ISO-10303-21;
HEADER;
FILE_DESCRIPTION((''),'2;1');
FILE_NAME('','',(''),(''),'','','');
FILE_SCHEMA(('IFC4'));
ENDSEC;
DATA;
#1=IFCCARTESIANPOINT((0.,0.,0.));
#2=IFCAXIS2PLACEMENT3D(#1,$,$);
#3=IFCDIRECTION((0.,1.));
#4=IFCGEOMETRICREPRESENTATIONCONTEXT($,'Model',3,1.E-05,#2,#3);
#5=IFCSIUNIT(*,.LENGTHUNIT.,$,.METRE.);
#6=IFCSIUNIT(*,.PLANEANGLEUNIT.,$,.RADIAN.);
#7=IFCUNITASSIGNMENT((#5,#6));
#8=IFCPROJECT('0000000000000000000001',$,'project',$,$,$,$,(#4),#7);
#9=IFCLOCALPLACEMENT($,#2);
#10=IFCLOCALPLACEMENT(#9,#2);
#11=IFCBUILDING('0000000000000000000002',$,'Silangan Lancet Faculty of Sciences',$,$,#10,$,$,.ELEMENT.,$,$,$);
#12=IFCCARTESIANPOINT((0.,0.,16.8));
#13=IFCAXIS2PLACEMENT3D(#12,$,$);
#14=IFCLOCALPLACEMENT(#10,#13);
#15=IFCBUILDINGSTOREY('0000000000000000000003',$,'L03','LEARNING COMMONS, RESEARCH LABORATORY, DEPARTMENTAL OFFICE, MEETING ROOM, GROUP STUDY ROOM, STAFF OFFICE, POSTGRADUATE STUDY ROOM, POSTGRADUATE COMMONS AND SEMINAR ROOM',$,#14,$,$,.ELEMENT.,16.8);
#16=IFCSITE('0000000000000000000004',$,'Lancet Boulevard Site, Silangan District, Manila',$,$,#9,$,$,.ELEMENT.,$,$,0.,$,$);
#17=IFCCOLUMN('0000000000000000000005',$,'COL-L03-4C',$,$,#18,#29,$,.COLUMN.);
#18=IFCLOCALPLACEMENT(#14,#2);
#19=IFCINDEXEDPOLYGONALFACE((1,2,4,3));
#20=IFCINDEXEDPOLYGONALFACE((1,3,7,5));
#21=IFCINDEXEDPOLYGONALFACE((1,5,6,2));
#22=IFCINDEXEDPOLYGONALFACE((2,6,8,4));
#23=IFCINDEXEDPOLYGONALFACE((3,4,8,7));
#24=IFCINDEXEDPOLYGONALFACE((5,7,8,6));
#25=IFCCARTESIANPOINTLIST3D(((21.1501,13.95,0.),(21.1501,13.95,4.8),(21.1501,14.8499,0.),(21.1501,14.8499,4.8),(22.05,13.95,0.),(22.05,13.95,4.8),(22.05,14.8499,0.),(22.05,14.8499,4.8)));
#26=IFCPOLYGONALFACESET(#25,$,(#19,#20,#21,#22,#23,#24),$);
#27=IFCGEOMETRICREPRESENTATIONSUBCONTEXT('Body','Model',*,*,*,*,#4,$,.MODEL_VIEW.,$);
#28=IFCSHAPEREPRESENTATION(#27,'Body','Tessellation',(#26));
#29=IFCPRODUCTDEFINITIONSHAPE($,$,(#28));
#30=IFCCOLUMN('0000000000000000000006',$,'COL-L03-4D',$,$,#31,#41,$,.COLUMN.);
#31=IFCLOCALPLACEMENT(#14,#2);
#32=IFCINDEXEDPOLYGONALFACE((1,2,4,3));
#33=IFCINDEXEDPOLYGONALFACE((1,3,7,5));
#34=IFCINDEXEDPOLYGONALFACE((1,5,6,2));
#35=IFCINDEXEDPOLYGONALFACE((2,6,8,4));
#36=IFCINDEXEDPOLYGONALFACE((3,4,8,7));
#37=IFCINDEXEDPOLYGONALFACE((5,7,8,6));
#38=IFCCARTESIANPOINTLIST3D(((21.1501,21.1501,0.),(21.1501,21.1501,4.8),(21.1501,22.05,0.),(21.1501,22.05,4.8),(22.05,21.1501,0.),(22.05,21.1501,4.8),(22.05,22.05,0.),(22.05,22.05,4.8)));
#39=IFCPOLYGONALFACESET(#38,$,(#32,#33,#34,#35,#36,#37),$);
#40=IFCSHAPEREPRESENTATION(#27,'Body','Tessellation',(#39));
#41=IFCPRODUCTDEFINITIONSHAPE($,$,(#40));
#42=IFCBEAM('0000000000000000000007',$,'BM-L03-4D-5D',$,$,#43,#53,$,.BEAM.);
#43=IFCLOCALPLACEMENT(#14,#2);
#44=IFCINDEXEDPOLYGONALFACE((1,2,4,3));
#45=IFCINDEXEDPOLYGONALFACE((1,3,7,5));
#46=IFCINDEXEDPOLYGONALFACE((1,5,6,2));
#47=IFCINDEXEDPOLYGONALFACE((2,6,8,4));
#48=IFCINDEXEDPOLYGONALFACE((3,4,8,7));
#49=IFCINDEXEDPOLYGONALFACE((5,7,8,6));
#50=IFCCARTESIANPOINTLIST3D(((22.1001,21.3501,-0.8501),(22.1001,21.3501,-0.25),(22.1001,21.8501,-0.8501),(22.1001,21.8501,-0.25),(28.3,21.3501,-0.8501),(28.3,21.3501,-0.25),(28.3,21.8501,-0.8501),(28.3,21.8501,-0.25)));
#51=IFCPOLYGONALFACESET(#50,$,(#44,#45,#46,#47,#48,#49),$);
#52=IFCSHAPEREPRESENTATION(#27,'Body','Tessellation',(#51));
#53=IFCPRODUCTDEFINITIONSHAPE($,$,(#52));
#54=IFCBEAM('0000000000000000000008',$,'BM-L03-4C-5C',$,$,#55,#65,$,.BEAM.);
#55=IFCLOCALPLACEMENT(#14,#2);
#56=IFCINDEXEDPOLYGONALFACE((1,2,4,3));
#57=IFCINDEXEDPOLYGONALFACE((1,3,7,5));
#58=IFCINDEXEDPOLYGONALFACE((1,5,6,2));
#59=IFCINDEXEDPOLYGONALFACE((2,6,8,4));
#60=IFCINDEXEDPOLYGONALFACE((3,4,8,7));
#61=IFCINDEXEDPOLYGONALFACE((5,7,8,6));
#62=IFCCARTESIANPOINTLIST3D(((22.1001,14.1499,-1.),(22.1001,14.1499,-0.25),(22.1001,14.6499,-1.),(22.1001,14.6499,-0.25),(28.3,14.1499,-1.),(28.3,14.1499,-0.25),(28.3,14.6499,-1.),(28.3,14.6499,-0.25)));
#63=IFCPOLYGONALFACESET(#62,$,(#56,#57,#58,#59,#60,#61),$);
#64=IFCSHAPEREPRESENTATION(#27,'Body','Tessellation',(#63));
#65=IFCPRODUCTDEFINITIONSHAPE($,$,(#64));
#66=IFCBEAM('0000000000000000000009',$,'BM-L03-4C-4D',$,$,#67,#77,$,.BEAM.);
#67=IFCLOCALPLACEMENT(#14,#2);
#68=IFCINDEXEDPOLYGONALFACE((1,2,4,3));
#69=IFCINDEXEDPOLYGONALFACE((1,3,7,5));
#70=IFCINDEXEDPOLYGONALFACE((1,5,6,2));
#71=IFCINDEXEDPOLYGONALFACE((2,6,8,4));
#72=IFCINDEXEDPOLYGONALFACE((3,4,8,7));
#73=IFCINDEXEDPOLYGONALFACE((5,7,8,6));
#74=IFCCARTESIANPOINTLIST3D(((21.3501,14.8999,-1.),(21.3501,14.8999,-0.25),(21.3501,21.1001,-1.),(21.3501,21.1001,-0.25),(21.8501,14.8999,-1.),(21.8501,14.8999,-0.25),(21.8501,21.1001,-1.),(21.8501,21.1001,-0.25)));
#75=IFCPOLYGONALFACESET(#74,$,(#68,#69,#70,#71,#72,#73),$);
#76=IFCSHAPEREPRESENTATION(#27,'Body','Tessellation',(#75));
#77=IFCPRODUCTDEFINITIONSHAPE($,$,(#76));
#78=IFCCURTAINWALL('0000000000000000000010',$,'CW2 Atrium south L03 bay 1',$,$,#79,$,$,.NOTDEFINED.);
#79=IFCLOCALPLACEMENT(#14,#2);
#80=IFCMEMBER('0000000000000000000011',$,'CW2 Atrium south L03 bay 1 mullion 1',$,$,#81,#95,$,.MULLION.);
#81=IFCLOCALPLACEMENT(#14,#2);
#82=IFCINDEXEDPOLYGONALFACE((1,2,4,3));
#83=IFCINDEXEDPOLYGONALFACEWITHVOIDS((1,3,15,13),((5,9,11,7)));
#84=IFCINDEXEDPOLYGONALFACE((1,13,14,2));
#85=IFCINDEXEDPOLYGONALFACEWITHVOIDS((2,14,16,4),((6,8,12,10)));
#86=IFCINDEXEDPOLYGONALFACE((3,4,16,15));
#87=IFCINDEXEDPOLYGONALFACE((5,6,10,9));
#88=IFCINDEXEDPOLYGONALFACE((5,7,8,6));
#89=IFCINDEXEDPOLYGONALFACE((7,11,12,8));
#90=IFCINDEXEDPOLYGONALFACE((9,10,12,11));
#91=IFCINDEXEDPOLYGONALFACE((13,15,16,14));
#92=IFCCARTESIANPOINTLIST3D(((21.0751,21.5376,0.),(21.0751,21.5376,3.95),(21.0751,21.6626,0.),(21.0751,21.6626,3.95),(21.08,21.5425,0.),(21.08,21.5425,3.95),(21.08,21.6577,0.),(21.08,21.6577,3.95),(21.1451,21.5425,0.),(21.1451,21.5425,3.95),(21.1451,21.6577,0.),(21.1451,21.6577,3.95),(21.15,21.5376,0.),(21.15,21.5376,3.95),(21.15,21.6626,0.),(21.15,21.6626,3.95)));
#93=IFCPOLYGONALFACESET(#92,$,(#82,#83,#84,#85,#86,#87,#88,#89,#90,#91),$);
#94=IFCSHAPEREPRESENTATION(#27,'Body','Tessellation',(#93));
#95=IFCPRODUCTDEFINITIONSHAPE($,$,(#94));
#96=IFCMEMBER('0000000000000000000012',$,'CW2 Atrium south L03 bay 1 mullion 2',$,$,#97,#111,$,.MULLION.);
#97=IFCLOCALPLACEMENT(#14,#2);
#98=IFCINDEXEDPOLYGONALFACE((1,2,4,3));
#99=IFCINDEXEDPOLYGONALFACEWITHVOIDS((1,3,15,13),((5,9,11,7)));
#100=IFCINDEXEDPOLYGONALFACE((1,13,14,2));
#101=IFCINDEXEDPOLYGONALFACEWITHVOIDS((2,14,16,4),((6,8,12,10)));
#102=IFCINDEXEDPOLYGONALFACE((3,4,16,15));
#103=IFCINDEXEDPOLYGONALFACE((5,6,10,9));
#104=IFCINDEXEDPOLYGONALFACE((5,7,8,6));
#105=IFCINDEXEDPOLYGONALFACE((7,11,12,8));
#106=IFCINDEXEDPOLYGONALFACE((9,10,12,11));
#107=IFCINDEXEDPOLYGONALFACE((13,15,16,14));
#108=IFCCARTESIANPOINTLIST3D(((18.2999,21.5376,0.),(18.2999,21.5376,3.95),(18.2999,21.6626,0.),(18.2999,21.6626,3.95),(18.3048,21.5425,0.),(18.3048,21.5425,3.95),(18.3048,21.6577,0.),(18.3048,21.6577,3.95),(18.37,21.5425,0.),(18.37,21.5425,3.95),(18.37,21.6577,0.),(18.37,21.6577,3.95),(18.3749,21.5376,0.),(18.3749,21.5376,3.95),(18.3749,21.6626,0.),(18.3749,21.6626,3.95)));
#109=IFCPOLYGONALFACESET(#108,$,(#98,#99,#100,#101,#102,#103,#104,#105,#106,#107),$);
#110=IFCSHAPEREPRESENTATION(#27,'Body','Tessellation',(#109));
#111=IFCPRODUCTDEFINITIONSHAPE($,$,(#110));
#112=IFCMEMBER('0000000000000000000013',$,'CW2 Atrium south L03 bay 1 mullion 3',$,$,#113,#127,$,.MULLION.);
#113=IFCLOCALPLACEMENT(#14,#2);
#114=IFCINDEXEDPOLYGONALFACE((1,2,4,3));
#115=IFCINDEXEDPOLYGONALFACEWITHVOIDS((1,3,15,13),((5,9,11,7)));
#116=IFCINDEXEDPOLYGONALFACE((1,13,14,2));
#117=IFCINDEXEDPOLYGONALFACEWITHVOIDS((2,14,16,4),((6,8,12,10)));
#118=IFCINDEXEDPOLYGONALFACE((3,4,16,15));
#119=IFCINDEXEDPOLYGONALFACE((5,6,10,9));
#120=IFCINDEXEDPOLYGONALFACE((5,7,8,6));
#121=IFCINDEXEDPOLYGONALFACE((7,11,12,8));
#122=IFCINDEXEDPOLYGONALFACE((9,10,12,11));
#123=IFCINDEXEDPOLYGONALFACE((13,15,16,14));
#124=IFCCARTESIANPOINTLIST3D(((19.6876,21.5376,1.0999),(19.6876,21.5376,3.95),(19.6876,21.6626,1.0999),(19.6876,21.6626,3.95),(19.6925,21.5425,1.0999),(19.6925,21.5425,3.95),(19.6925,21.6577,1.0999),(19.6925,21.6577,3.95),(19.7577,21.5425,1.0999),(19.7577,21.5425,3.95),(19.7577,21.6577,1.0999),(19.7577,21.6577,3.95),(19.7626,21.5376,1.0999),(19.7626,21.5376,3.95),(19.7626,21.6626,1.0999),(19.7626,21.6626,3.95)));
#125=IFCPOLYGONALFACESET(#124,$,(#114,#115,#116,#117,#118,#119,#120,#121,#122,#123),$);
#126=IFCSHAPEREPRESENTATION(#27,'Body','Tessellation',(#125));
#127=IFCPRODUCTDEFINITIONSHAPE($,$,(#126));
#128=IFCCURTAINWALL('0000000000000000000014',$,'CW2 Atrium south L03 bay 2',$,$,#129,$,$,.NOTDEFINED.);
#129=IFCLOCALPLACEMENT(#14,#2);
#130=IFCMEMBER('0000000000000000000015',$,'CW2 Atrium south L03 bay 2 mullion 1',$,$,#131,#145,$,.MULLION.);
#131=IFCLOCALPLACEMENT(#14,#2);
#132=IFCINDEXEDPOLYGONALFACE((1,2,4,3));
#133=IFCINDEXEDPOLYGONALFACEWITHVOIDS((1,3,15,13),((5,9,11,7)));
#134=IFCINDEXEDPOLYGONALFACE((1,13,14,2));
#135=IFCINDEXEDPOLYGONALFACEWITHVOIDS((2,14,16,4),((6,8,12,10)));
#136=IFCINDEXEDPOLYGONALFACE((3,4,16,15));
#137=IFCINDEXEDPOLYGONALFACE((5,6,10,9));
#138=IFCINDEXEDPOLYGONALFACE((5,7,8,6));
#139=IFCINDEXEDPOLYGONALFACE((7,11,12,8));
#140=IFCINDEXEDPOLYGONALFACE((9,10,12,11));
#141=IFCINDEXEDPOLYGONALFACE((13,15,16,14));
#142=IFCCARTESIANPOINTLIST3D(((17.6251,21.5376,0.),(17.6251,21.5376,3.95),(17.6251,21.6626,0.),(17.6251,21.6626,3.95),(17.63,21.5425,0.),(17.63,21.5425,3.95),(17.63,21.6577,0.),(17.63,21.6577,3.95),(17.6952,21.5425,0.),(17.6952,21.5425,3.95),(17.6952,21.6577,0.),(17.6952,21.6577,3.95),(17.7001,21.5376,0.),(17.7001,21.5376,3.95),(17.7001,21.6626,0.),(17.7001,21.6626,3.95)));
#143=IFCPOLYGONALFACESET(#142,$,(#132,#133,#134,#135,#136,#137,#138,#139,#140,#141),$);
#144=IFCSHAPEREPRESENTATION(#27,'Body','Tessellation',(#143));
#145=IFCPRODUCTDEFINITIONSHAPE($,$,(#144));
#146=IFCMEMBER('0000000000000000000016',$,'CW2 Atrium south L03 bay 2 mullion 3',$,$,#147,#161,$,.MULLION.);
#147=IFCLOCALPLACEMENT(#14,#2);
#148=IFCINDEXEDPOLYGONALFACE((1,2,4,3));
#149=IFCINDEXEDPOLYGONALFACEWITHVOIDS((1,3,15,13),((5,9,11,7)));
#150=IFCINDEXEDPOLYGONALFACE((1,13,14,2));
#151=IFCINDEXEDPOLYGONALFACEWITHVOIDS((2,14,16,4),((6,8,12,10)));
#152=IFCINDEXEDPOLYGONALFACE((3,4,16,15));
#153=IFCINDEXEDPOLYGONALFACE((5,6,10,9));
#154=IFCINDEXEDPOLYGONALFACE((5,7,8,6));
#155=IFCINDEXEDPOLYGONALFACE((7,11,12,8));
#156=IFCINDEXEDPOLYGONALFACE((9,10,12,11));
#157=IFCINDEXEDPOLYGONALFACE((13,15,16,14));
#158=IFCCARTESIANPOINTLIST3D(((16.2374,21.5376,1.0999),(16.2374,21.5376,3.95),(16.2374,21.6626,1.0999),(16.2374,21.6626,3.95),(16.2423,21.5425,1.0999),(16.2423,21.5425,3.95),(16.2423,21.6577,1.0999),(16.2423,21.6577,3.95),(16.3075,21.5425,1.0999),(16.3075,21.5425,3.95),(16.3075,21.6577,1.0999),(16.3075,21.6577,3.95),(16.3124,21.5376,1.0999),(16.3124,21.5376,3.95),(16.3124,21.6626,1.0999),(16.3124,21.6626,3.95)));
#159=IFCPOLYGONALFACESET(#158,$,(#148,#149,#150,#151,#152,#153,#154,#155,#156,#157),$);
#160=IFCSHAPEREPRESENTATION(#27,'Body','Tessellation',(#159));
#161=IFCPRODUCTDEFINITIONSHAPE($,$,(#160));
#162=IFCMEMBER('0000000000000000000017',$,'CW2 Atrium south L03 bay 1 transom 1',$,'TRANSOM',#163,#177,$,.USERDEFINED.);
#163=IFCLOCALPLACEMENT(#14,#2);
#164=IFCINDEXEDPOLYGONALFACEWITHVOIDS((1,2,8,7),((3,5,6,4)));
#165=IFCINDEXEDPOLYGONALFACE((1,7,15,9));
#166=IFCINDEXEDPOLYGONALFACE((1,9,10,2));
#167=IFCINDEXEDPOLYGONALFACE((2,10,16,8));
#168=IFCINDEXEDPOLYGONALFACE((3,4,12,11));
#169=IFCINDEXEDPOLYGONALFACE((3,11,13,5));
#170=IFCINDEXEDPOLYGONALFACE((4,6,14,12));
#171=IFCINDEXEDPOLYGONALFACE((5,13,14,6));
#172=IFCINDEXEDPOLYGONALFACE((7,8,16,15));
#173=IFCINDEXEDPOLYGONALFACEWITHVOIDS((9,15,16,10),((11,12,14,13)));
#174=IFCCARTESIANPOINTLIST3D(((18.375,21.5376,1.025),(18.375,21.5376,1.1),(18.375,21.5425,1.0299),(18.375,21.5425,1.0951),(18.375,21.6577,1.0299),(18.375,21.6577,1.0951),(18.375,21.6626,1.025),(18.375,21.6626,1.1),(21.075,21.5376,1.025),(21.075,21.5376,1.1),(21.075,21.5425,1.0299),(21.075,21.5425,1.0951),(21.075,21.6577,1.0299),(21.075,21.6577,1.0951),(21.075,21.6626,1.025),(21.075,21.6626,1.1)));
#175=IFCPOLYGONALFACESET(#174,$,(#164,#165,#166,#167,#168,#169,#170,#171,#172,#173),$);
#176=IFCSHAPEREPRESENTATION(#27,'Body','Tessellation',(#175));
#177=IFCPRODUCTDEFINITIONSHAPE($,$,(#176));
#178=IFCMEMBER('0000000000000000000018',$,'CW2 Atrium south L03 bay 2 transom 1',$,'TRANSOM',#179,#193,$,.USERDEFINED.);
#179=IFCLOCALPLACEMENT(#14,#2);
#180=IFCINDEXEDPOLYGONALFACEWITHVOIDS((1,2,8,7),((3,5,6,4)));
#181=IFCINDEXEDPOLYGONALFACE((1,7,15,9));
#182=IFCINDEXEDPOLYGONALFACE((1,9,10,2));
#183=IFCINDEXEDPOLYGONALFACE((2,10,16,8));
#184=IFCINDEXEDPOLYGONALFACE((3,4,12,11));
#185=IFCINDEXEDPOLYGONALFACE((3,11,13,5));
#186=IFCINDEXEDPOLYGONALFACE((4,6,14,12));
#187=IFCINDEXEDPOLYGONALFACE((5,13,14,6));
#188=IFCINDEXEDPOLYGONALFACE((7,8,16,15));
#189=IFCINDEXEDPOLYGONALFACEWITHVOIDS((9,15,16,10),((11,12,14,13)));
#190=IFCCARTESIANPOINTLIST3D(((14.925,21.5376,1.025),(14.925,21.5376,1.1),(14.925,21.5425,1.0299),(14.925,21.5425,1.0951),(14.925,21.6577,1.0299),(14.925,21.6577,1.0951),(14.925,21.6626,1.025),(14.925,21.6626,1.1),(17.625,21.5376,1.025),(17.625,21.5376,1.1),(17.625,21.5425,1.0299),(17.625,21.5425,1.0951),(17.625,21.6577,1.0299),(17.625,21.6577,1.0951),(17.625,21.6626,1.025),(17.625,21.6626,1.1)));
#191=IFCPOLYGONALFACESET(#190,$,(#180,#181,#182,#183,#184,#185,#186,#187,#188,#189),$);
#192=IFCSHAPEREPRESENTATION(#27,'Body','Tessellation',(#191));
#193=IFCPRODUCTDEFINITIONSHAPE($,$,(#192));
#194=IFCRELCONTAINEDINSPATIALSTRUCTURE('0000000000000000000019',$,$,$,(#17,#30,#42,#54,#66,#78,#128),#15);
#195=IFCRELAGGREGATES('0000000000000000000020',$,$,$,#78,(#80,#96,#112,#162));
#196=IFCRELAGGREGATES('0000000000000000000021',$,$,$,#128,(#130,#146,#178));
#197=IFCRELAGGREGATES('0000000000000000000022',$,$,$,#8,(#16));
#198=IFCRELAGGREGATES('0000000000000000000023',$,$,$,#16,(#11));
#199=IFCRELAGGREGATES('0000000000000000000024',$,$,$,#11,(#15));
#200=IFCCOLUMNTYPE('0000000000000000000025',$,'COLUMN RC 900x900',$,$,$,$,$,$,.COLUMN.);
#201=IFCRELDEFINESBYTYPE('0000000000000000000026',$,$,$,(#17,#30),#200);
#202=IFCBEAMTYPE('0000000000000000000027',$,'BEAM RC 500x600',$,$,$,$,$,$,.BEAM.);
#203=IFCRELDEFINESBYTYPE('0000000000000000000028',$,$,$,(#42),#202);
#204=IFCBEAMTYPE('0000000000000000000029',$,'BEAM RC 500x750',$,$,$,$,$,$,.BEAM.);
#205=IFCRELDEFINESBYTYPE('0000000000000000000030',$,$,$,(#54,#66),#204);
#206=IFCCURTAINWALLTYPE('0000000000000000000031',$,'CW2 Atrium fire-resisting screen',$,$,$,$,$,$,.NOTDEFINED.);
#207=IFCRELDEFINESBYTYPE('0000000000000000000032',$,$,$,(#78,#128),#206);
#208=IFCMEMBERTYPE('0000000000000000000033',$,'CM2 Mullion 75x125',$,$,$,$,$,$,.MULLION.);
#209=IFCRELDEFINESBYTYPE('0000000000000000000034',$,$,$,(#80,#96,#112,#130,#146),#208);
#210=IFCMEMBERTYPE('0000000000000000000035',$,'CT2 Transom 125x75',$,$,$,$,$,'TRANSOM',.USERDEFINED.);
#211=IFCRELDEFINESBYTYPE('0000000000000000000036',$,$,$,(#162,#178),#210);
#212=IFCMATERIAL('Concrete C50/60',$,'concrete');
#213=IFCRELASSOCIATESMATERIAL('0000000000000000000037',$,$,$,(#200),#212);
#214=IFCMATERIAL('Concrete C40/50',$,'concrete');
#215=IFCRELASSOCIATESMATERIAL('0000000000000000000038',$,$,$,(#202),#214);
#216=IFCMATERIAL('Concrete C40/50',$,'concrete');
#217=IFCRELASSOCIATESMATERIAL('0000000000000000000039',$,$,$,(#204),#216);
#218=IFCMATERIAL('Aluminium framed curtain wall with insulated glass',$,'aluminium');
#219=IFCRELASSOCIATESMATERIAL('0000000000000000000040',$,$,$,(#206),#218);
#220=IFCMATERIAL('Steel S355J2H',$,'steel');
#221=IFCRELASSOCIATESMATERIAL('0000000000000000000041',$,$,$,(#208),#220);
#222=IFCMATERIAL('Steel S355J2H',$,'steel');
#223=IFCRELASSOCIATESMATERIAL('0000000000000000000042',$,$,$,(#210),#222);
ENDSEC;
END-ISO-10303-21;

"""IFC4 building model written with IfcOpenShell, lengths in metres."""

from ifc_helpers import new_model, si_unit, direction, frame, origin, origin_2d, place, context, subcontext, project, spatial, rectangle, hollow_rectangle, extrude, material, material_profile, profile_set, type_object, element, aggregate, save


model = new_model("IFC4")

# Units and contexts
model_context = context("Model", 3, precision=1e-05, world=origin(), true_north=direction((0.0, 1.0)))
body_context = subcontext(model_context, "Body", "Model", "MODEL_VIEW")
ifc_project = project(units=[si_unit("LENGTHUNIT", "METRE"), si_unit("PLANEANGLEUNIT", "RADIAN")], contexts=[model_context])

# Site, building, storey
site_placement = place(None, origin())
site = spatial("IfcSite", under=ifc_project, at=site_placement, Name="Lancet Boulevard Site, Silangan District, Manila", CompositionType="ELEMENT", RefElevation=0.0)
building_placement = place(site_placement, origin())
building = spatial("IfcBuilding", under=site, at=building_placement, Name="Silangan Lancet Faculty of Sciences", CompositionType="ELEMENT")
storey_placement = place(building_placement, frame((0.0, 0.0, 16.8)))
storey = spatial("IfcBuildingStorey", under=building, at=storey_placement, Name="L03", Description="LEARNING COMMONS, RESEARCH LABORATORY, DEPARTMENTAL OFFICE, MEETING ROOM, GROUP STUDY ROOM, STAFF OFFICE, POSTGRADUATE STUDY ROOM, POSTGRADUATE COMMONS AND SEMINAR ROOM", CompositionType="ELEMENT", Elevation=16.8)

# Columns
ifc_material_1 = material(Name="Concrete C50/60", Category="concrete")
ifc_material_profile_1 = material_profile(ifc_material_1, rectangle(XDim=0.8999, YDim=0.8999, at=origin_2d()), Name="RC 900x900")
ifc_profile_set_1 = profile_set([ifc_material_profile_1], Name="Concrete C50/60")
column_type = type_object("IfcColumnType", Name="COLUMN RC 900x900", PredefinedType="COLUMN", material=ifc_profile_set_1)
for number, where, z_axis, x_axis, name in (
    (1, (21.6001, 14.3999, 0.0), (0.0, 0.0, 1.0), (1.0, 0.0, 0.0), "COL-L03-4C"),
    (2, (21.6001, 21.6001, 0.0), (0.0, 0.0, 1.0), (1.0, 0.0, 0.0), "COL-L03-4D"),
):
    element("IfcColumn", number, at=place(storey_placement, frame(where, z_axis=z_axis, x_axis=x_axis)), inside=storey, type_object=column_type, Name=name, PredefinedType="COLUMN", context=body_context, shape_type="SweptSolid", body=[
        extrude(rectangle(XDim=0.8999, YDim=0.8999, at=origin_2d()), origin(), (0.0, 0.0, 1.0), 4.8),
    ])

# Beams
ifc_material_2 = material(Name="Concrete C40/50", Category="concrete")
ifc_material_profile_2 = material_profile(ifc_material_2, rectangle(XDim=0.5, YDim=0.6001, at=origin_2d()), Name="RC 500x600")
ifc_profile_set_2 = profile_set([ifc_material_profile_2], Name="Concrete C40/50")
beam_type_1 = type_object("IfcBeamType", Name="BEAM RC 500x600", PredefinedType="BEAM", material=ifc_profile_set_2)
beam_1_placement = place(storey_placement, frame((22.1001, 21.6001, -0.55), z_axis=(1.0, 0.0, 0.0), x_axis=(0.0, 1.0, 0.0)))
element("IfcBeam", 3, at=beam_1_placement, inside=storey, type_object=beam_type_1, Name="BM-L03-4D-5D", PredefinedType="BEAM", context=body_context, shape_type="SweptSolid", body=[
    extrude(rectangle(XDim=0.5, YDim=0.6001, at=origin_2d()), origin(), (0.0, 0.0, 1.0), 6.2),
])
ifc_material_3 = material(Name="Concrete C40/50", Category="concrete")
ifc_material_profile_3 = material_profile(ifc_material_3, rectangle(XDim=0.5, YDim=0.75, at=origin_2d()), Name="RC 500x750")
ifc_profile_set_3 = profile_set([ifc_material_profile_3], Name="Concrete C40/50")
beam_type_2 = type_object("IfcBeamType", Name="BEAM RC 500x750", PredefinedType="BEAM", material=ifc_profile_set_3)
beam_2_placement = place(storey_placement, frame((22.1001, 14.3999, -0.625), z_axis=(1.0, 0.0, 0.0), x_axis=(0.0, 1.0, 0.0)))
element("IfcBeam", 4, at=beam_2_placement, inside=storey, type_object=beam_type_2, Name="BM-L03-4C-5C", PredefinedType="BEAM", context=body_context, shape_type="SweptSolid", body=[
    extrude(rectangle(XDim=0.5, YDim=0.75, at=origin_2d()), origin(), (0.0, 0.0, 1.0), 6.2),
])
beam_3_placement = place(storey_placement, frame((21.6001, 14.8999, -0.625), z_axis=(0.0, 1.0, 0.0), x_axis=(-1.0, 0.0, 0.0)))
element("IfcBeam", 5, at=beam_3_placement, inside=storey, type_object=beam_type_2, Name="BM-L03-4C-4D", PredefinedType="BEAM", context=body_context, shape_type="SweptSolid", body=[
    extrude(rectangle(XDim=0.5, YDim=0.75, at=origin_2d()), origin(), (0.0, 0.0, 1.0), 6.2002),
])

# Curtain walls, members
ifc_material_4 = material(Name="Aluminium framed curtain wall with insulated glass", Category="aluminium")
curtain_wall_type = type_object("IfcCurtainWallType", Name="CW2 Atrium fire-resisting screen", PredefinedType="NOTDEFINED", material=ifc_material_4)
curtain_wall_1_placement = place(storey_placement, origin())
curtain_wall_1 = element("IfcCurtainWall", 6, at=curtain_wall_1_placement, inside=storey, type_object=curtain_wall_type, Name="CW2 Atrium south L03 bay 1", PredefinedType="NOTDEFINED")
ifc_material_5 = material(Name="Steel S355J2H", Category="steel")
ifc_material_profile_4 = material_profile(ifc_material_5, hollow_rectangle(XDim=0.075, YDim=0.125, WallThickness=0.0049, at=origin_2d()), Name="ST BOX 75x125x5")
ifc_profile_set_4 = profile_set([ifc_material_profile_4], Name="Steel S355J2H")
member_type_1 = type_object("IfcMemberType", Name="CM2 Mullion 75x125", PredefinedType="MULLION", material=ifc_profile_set_4)
member_1_placement = place(storey_placement, frame((21.1125, 21.6001, 0.0), z_axis=(0.0, 0.0, 1.0), x_axis=(-1.0, 0.0, 0.0)))
member_1 = element("IfcMember", 7, at=member_1_placement, type_object=member_type_1, Name="CW2 Atrium south L03 bay 1 mullion 1", PredefinedType="MULLION", context=body_context, shape_type="SweptSolid", body=[
    extrude(hollow_rectangle(XDim=0.075, YDim=0.125, WallThickness=0.0049, at=origin_2d()), origin(), (0.0, 0.0, 1.0), 3.95),
])
member_2_placement = place(storey_placement, frame((18.3374, 21.6001, 0.0), z_axis=(0.0, 0.0, 1.0), x_axis=(-1.0, 0.0, 0.0)))
member_2 = element("IfcMember", 8, at=member_2_placement, type_object=member_type_1, Name="CW2 Atrium south L03 bay 1 mullion 2", PredefinedType="MULLION", context=body_context, shape_type="SweptSolid", body=[
    extrude(hollow_rectangle(XDim=0.075, YDim=0.125, WallThickness=0.0049, at=origin_2d()), origin(), (0.0, 0.0, 1.0), 3.95),
])
member_3_placement = place(storey_placement, frame((19.7251, 21.6001, 1.0999), z_axis=(0.0, 0.0, 1.0), x_axis=(-1.0, 0.0, 0.0)))
member_3 = element("IfcMember", 9, at=member_3_placement, type_object=member_type_1, Name="CW2 Atrium south L03 bay 1 mullion 3", PredefinedType="MULLION", context=body_context, shape_type="SweptSolid", body=[
    extrude(hollow_rectangle(XDim=0.075, YDim=0.125, WallThickness=0.0049, at=origin_2d()), origin(), (0.0, 0.0, 1.0), 2.8501),
])
curtain_wall_2_placement = place(storey_placement, origin())
curtain_wall_2 = element("IfcCurtainWall", 10, at=curtain_wall_2_placement, inside=storey, type_object=curtain_wall_type, Name="CW2 Atrium south L03 bay 2", PredefinedType="NOTDEFINED")
member_4_placement = place(storey_placement, frame((17.6626, 21.6001, 0.0), z_axis=(0.0, 0.0, 1.0), x_axis=(-1.0, 0.0, 0.0)))
member_4 = element("IfcMember", 11, at=member_4_placement, type_object=member_type_1, Name="CW2 Atrium south L03 bay 2 mullion 1", PredefinedType="MULLION", context=body_context, shape_type="SweptSolid", body=[
    extrude(hollow_rectangle(XDim=0.075, YDim=0.125, WallThickness=0.0049, at=origin_2d()), origin(), (0.0, 0.0, 1.0), 3.95),
])
member_5_placement = place(storey_placement, frame((16.2749, 21.6001, 1.0999), z_axis=(0.0, 0.0, 1.0), x_axis=(-1.0, 0.0, 0.0)))
member_5 = element("IfcMember", 12, at=member_5_placement, type_object=member_type_1, Name="CW2 Atrium south L03 bay 2 mullion 3", PredefinedType="MULLION", context=body_context, shape_type="SweptSolid", body=[
    extrude(hollow_rectangle(XDim=0.075, YDim=0.125, WallThickness=0.0049, at=origin_2d()), origin(), (0.0, 0.0, 1.0), 2.8501),
])

# Members
ifc_material_6 = material(Name="Steel S355J2H", Category="steel")
ifc_material_profile_5 = material_profile(ifc_material_6, hollow_rectangle(XDim=0.125, YDim=0.075, WallThickness=0.0049, at=origin_2d()), Name="ST BOX 125x75x5")
ifc_profile_set_5 = profile_set([ifc_material_profile_5], Name="Steel S355J2H")
member_type_2 = type_object("IfcMemberType", Name="CT2 Transom 125x75", ElementType="TRANSOM", PredefinedType="USERDEFINED", material=ifc_profile_set_5)
member_6_placement = place(storey_placement, frame((21.075, 21.6001, 1.0625), z_axis=(-1.0, 0.0, 0.0), x_axis=(0.0, -1.0, 0.0)))
member_6 = element("IfcMember", 13, at=member_6_placement, type_object=member_type_2, Name="CW2 Atrium south L03 bay 1 transom 1", ObjectType="TRANSOM", PredefinedType="USERDEFINED", context=body_context, shape_type="SweptSolid", body=[
    extrude(hollow_rectangle(XDim=0.125, YDim=0.075, WallThickness=0.0049, at=origin_2d()), origin(), (0.0, 0.0, 1.0), 2.7),
])
member_7_placement = place(storey_placement, frame((17.625, 21.6001, 1.0625), z_axis=(-1.0, 0.0, 0.0), x_axis=(0.0, -1.0, 0.0)))
member_7 = element("IfcMember", 14, at=member_7_placement, type_object=member_type_2, Name="CW2 Atrium south L03 bay 2 transom 1", ObjectType="TRANSOM", PredefinedType="USERDEFINED", context=body_context, shape_type="SweptSolid", body=[
    extrude(hollow_rectangle(XDim=0.125, YDim=0.075, WallThickness=0.0049, at=origin_2d()), origin(), (0.0, 0.0, 1.0), 2.7),
])

aggregate(curtain_wall_1, [member_1, member_2, member_3, member_6])
aggregate(curtain_wall_2, [member_4, member_5, member_7])

save(model, "model.ifc")
